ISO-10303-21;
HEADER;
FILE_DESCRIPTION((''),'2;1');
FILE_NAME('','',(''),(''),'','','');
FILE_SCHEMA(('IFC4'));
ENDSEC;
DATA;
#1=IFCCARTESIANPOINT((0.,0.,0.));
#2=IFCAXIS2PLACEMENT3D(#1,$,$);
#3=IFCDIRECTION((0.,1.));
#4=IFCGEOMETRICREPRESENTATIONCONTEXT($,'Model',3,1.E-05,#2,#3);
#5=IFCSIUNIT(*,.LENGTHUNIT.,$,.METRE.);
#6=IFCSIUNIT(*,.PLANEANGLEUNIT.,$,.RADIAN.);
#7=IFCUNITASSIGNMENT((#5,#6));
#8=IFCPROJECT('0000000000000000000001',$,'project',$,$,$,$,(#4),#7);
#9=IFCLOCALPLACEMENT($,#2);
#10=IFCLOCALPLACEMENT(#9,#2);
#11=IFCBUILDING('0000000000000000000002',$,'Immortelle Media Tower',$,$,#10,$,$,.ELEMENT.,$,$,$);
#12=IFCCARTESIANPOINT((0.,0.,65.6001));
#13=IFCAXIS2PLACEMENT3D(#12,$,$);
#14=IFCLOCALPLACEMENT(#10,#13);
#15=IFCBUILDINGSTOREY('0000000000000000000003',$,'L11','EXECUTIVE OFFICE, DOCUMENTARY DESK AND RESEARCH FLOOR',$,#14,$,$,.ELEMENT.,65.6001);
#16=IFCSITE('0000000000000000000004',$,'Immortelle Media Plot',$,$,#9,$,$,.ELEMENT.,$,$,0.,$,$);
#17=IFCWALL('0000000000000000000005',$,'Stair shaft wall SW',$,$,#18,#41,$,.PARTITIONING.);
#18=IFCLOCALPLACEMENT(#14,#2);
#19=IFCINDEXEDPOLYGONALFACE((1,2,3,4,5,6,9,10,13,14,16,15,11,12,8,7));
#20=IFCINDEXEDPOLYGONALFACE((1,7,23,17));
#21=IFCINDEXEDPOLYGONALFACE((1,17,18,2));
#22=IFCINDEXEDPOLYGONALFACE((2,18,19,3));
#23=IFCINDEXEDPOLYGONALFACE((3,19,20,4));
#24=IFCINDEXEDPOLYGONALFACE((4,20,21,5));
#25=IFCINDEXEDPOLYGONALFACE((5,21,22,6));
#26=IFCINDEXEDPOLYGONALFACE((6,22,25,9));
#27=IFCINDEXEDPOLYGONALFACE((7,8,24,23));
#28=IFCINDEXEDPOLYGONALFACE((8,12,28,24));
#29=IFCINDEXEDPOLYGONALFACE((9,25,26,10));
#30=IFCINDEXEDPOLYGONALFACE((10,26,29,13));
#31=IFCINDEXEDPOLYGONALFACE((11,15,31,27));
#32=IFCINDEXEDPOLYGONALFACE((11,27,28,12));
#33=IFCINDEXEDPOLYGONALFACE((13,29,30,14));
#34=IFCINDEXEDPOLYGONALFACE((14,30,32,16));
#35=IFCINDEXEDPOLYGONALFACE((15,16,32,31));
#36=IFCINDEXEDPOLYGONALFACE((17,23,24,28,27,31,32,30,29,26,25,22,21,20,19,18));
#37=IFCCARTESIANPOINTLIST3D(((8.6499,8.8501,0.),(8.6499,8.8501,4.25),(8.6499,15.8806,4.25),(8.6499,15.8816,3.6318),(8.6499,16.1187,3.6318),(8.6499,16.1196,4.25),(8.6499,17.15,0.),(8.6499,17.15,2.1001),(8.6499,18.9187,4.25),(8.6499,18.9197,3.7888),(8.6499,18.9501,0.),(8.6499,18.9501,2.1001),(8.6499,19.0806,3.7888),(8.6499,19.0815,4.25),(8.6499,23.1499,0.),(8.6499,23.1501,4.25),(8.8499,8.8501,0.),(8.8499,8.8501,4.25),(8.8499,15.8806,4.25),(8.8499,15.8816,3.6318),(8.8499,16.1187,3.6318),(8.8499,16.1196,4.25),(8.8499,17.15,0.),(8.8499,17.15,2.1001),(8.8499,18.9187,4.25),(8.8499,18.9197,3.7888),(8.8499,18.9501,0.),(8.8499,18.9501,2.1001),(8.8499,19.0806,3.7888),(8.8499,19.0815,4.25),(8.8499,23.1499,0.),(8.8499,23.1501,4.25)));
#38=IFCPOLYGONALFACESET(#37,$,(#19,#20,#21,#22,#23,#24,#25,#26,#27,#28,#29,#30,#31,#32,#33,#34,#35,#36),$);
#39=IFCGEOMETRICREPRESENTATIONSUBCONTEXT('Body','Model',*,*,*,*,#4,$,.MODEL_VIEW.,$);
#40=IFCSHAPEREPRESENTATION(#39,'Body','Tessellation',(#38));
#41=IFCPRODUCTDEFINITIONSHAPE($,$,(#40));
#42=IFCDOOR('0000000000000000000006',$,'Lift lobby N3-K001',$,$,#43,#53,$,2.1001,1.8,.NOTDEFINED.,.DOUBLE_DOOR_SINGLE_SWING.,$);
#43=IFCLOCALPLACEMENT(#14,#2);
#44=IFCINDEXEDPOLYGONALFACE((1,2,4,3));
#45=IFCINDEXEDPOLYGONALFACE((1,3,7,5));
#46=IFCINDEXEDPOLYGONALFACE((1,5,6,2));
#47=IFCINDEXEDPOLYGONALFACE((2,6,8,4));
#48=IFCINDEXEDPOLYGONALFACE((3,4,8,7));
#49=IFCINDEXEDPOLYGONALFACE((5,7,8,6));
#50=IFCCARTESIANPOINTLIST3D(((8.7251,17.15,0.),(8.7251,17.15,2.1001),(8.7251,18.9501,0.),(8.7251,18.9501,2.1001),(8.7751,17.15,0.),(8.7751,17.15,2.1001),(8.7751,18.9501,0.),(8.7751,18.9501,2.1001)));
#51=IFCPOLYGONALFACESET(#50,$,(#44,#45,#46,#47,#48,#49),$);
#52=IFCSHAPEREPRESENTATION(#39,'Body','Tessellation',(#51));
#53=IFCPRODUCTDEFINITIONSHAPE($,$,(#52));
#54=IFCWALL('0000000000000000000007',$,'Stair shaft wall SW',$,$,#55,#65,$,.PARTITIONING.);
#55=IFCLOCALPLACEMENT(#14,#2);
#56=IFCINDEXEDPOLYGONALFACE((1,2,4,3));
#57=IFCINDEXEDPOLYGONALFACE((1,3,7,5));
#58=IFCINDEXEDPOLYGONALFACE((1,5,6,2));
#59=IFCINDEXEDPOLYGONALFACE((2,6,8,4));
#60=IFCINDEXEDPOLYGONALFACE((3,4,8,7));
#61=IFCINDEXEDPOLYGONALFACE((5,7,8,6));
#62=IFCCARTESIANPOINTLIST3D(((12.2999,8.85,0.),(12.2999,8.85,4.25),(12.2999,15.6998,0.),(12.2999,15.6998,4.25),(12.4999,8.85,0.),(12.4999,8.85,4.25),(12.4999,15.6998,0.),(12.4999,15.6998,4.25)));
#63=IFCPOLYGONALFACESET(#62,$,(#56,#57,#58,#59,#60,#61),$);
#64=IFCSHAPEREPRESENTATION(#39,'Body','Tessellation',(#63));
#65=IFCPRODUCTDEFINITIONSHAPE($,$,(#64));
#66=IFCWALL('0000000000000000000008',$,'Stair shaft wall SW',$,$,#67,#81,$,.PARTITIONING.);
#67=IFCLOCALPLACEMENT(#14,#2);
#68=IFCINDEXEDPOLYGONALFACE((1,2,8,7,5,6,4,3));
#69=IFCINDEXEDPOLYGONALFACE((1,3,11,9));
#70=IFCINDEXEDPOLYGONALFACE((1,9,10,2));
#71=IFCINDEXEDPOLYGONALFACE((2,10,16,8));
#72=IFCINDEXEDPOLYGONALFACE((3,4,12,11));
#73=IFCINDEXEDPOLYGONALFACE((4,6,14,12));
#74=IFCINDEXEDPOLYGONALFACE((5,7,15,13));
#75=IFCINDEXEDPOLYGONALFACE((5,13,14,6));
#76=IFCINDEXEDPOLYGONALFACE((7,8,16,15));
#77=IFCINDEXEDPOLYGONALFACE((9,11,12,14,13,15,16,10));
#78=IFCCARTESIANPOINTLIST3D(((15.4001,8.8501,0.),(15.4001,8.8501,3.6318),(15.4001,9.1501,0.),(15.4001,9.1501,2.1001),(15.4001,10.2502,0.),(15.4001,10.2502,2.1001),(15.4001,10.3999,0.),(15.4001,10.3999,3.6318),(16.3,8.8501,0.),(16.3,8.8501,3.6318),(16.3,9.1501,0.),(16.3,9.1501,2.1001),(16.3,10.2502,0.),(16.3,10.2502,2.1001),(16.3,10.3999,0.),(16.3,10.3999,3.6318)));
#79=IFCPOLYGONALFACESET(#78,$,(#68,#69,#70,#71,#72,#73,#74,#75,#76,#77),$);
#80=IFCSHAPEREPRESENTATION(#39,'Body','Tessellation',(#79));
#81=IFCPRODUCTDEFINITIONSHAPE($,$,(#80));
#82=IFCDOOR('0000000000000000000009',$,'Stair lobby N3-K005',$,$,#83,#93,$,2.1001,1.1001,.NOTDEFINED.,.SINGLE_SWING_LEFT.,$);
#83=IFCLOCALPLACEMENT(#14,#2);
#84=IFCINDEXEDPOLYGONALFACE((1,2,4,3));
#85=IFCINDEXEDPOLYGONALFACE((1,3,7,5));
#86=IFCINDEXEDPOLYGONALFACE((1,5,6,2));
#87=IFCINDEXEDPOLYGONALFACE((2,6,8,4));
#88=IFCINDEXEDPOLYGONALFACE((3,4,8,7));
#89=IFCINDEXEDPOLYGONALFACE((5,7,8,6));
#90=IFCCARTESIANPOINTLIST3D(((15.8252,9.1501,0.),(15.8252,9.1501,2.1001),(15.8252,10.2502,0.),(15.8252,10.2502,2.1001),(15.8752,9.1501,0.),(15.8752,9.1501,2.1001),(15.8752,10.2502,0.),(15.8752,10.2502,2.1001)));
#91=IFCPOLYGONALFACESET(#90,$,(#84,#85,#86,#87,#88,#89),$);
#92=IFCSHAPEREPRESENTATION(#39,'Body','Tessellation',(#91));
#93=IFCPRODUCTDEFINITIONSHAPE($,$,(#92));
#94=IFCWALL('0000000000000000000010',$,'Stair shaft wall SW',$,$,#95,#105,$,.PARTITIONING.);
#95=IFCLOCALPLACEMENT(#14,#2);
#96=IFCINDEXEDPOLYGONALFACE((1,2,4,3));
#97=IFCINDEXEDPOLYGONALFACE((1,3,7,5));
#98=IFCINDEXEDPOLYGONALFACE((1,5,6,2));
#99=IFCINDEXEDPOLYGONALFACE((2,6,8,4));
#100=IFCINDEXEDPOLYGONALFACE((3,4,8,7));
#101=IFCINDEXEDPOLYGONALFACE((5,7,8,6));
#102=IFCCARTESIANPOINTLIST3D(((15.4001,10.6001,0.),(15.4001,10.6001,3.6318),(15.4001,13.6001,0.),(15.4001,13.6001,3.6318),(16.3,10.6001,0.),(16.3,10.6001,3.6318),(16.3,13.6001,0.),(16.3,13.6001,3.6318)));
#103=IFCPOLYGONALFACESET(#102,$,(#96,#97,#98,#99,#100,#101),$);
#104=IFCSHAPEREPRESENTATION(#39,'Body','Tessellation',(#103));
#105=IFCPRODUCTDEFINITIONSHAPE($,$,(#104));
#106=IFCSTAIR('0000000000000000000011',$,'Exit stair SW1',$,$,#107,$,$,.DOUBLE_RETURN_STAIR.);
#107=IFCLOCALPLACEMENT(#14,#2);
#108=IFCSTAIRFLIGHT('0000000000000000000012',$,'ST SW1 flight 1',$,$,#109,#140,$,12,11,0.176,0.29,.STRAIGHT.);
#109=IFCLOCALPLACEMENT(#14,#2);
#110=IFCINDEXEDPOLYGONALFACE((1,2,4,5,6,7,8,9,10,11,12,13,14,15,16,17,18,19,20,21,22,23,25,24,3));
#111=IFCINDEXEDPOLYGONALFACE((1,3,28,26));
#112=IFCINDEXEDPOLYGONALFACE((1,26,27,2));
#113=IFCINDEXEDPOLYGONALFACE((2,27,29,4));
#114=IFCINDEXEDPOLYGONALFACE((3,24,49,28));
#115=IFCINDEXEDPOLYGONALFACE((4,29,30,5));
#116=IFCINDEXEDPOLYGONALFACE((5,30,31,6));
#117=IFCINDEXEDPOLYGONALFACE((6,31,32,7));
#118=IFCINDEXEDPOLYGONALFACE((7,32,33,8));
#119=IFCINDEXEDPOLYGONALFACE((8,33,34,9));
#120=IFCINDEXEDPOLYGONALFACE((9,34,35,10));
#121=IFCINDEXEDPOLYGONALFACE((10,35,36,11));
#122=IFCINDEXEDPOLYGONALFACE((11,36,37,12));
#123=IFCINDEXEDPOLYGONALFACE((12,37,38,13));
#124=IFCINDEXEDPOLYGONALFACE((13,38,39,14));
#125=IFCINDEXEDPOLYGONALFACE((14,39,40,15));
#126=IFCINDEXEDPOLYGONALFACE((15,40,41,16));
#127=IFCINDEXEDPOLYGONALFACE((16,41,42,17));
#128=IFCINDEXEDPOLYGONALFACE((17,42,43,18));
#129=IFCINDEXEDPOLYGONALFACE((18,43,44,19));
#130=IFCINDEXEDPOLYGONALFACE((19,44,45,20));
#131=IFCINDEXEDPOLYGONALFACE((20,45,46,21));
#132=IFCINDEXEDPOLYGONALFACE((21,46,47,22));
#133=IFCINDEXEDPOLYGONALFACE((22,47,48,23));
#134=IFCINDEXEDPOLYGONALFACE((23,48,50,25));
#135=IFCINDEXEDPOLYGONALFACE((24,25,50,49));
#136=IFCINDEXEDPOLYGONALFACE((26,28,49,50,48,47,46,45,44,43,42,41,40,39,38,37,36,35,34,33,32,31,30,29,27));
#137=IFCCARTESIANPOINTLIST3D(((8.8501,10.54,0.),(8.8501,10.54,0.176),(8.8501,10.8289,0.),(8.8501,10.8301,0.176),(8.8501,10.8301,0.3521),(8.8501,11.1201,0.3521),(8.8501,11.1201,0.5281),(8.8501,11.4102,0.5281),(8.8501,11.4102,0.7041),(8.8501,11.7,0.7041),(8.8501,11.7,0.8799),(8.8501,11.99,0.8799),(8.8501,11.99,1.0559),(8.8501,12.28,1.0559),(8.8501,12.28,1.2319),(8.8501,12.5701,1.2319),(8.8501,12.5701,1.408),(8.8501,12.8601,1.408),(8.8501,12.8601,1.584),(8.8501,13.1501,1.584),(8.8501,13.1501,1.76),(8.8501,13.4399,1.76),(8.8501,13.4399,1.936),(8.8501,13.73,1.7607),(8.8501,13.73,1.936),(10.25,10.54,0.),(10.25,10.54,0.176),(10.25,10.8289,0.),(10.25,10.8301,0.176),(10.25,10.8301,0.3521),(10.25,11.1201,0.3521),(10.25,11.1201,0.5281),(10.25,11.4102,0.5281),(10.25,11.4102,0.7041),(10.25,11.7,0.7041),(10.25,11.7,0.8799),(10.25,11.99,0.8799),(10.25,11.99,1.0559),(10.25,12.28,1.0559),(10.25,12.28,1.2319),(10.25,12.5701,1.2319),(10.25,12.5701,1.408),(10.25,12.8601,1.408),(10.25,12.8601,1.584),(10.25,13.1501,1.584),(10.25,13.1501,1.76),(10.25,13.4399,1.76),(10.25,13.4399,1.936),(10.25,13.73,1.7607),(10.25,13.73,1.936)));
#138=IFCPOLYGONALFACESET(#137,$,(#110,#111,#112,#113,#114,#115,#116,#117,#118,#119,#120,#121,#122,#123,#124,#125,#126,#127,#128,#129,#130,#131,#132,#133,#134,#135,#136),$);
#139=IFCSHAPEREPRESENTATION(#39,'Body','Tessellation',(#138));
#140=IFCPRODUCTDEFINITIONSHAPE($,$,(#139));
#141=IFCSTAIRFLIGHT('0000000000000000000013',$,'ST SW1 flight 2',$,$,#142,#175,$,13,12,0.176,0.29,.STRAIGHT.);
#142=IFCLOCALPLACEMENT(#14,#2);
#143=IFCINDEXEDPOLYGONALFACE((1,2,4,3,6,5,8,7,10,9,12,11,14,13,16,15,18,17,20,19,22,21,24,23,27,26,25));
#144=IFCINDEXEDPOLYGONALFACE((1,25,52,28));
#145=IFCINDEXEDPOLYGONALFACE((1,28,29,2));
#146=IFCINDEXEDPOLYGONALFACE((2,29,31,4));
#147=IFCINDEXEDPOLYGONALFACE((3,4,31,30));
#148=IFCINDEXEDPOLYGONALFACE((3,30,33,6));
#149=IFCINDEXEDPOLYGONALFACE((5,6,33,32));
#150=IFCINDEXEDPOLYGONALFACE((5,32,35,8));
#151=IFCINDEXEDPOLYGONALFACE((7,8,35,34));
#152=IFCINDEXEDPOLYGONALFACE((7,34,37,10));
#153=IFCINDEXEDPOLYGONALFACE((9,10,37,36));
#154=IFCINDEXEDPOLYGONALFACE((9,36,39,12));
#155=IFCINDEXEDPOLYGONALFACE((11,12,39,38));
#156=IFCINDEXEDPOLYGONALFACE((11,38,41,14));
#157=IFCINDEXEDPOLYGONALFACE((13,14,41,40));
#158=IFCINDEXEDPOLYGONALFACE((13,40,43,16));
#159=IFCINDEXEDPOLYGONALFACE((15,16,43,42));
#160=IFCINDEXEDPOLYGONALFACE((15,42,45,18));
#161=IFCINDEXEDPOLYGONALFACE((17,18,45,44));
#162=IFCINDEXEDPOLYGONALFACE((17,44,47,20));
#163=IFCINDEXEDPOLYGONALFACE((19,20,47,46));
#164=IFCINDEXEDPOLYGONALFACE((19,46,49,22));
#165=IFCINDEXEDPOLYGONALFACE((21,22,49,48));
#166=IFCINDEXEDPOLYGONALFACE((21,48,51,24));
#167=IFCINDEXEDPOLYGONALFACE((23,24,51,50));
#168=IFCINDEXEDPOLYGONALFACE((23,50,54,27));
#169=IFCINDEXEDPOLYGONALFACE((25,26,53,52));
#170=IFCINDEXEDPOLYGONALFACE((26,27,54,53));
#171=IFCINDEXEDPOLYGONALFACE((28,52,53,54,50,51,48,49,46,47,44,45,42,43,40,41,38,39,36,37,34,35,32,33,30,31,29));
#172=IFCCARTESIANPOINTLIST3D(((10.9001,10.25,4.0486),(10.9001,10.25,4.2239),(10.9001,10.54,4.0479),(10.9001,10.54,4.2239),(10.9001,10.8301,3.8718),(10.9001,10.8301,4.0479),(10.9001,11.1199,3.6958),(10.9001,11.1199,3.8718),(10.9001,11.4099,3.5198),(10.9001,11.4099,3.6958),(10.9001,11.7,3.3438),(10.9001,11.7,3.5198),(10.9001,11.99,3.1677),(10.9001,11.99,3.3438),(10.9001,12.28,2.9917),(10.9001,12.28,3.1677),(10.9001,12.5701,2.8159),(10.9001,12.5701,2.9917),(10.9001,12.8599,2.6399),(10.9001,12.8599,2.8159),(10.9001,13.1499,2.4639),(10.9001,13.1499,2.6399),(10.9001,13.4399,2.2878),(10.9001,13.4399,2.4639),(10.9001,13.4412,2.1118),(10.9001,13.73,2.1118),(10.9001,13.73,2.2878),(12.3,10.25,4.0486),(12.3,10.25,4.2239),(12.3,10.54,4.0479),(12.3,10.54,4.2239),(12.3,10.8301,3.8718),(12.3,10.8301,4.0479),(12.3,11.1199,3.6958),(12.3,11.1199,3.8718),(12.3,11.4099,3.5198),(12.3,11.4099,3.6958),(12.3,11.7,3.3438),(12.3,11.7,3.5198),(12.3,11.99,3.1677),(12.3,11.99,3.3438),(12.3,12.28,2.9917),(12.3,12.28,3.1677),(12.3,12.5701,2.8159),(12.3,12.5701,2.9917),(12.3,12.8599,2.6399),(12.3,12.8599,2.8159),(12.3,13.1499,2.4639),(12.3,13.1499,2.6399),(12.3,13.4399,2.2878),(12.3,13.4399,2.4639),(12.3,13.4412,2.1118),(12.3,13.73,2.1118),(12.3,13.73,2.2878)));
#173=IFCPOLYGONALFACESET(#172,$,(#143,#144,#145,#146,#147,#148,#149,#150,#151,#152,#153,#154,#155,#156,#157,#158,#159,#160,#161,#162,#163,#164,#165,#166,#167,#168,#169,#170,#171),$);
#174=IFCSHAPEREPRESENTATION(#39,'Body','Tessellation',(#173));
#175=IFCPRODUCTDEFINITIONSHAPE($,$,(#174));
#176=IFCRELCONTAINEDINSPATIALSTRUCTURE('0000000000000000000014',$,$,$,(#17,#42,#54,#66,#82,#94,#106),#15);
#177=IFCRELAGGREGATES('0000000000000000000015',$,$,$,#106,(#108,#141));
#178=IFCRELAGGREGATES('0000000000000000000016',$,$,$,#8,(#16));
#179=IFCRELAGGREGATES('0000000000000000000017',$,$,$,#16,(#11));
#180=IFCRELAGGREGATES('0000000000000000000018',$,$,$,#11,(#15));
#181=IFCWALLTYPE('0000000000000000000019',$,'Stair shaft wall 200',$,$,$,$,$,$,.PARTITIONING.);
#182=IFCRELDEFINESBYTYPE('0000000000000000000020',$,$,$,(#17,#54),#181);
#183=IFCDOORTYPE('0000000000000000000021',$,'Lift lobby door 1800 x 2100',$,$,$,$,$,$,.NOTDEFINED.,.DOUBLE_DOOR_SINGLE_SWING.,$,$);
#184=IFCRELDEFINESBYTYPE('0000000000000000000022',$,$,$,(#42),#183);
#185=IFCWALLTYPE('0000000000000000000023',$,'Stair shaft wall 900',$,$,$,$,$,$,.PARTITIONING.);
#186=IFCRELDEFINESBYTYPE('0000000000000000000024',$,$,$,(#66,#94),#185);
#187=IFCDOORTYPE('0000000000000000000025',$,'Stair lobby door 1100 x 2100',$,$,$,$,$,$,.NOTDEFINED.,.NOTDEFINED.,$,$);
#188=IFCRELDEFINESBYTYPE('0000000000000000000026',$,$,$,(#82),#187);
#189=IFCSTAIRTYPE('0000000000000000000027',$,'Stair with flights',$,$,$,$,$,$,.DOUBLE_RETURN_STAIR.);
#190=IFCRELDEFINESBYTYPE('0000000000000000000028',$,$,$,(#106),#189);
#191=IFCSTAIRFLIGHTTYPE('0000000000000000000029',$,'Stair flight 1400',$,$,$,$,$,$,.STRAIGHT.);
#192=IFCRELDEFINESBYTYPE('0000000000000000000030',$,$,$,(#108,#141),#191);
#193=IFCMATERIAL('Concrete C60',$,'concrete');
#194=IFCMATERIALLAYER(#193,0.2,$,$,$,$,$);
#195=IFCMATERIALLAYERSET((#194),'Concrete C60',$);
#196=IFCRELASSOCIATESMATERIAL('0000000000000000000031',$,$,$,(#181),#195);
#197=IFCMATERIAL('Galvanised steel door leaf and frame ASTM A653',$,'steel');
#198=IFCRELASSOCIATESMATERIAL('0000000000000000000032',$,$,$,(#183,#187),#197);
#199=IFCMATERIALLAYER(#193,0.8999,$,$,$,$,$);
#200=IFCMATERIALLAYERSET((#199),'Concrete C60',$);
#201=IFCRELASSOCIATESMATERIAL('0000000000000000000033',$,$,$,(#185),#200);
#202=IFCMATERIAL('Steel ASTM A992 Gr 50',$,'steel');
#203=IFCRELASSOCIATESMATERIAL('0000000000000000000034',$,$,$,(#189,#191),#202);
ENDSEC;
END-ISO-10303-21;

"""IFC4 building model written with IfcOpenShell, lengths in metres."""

from ifc_helpers import new_model, si_unit, direction, frame, frame_2d, origin, place, context, subcontext, project, spatial, polyline, rectangle, outline, extrude, material, layer, layer_set, type_object, element, fill, aggregate, save


model = new_model("IFC4")

# Units and contexts
model_context = context("Model", 3, precision=1e-05, world=origin(), true_north=direction((0.0, 1.0)))
body_context = subcontext(model_context, "Body", "Model", "MODEL_VIEW")
ifc_project = project(units=[si_unit("LENGTHUNIT", "METRE"), si_unit("PLANEANGLEUNIT", "RADIAN")], contexts=[model_context])

# Site, building, storey
site_placement = place(None, origin())
site = spatial("IfcSite", under=ifc_project, at=site_placement, Name="Immortelle Media Plot", CompositionType="ELEMENT", RefElevation=0.0)
building_placement = place(site_placement, origin())
building = spatial("IfcBuilding", under=site, at=building_placement, Name="Immortelle Media Tower", CompositionType="ELEMENT")
storey_placement = place(building_placement, frame((0.0, 0.0, 65.6001)))
storey = spatial("IfcBuildingStorey", under=building, at=storey_placement, Name="L11", Description="EXECUTIVE OFFICE, DOCUMENTARY DESK AND RESEARCH FLOOR", CompositionType="ELEMENT", Elevation=65.6001)

# Shared definitions
ifc_material_1 = material(Name="Steel ASTM A992 Gr 50", Category="steel")

# Shared definitions
ifc_material_2 = material(Name="Concrete C60", Category="concrete")

# Wall, opening, door
ifc_layer_1 = layer(ifc_material_2, 0.2)
ifc_layer_set_1 = layer_set([ifc_layer_1], Name="Concrete C60")
wall_type_1 = type_object("IfcWallType", Name="Stair shaft wall 200", PredefinedType="PARTITIONING", material=ifc_layer_set_1)
wall_1_placement = place(storey_placement, frame((8.75, 8.8501, 0.0), z_axis=(0.0, 0.0, 1.0), x_axis=(0.0, 1.0, 0.0)))
wall_1 = element("IfcWall", 1, at=wall_1_placement, inside=storey, type_object=wall_type_1, Name="Stair shaft wall SW", PredefinedType="PARTITIONING", context=body_context, shape_type="SweptSolid", body=[
    extrude(outline(polyline([(0.0, 0.0), (14.2998, 0.0), (14.3, 4.25), (10.2314, 4.25), (10.2305, 3.7888), (10.0696, 3.7888), (10.0686, 4.25), (7.2695, 4.25), (7.2686, 3.6318), (7.0315, 3.6318), (7.0305, 4.25), (0.0, 4.25), (0.0, 0.0)])), frame((0.0, 0.1001, 0.0), z_axis=(0.0, -1.0, 0.0), x_axis=(1.0, 0.0, 0.0)), (0.0, 0.0, 1.0), 0.2),
])
opening_1_placement = place(wall_1_placement, frame((8.3, 0.0, 0.0)))
opening_1 = element("IfcOpeningElement", 2, at=opening_1_placement, cuts=wall_1, PredefinedType="OPENING", context=body_context, shape_type="SweptSolid", body=[
    extrude(rectangle(XDim=1.8, YDim=2.1001, at=frame_2d((0.8999, 1.05))), frame((0.0, 0.1099, 0.0), z_axis=(0.0, -1.0, 0.0), x_axis=(1.0, 0.0, 0.0)), (0.0, 0.0, 1.0), 0.22),
])
ifc_material_3 = material(Name="Galvanised steel door leaf and frame ASTM A653", Category="steel")
door_type_1 = type_object("IfcDoorType", Name="Lift lobby door 1800 x 2100", OperationType="DOUBLE_DOOR_SINGLE_SWING", PredefinedType="NOTDEFINED", material=ifc_material_3)
door_1_placement = place(opening_1_placement, origin())
door_1 = element("IfcDoor", 3, at=door_1_placement, inside=storey, type_object=door_type_1, Name="Lift lobby N3-K001", OperationType="DOUBLE_DOOR_SINGLE_SWING", OverallHeight=2.1001, OverallWidth=1.8, PredefinedType="NOTDEFINED", context=body_context, shape_type="SweptSolid", body=[
    extrude(rectangle(XDim=1.8, YDim=2.1001, at=frame_2d((0.8999, 1.05))), frame((0.0, 0.0249, 0.0), z_axis=(0.0, -1.0, 0.0), x_axis=(1.0, 0.0, 0.0)), (0.0, 0.0, 1.0), 0.05),
])
fill(opening_1, door_1)

# Wall
wall_2_placement = place(storey_placement, frame((12.3999, 8.8501, 0.0), z_axis=(0.0, 0.0, 1.0), x_axis=(0.0, 1.0, 0.0)))
element("IfcWall", 4, at=wall_2_placement, inside=storey, type_object=wall_type_1, Name="Stair shaft wall SW", PredefinedType="PARTITIONING", context=body_context, shape_type="SweptSolid", body=[
    extrude(rectangle(XDim=6.8499, YDim=0.2, at=frame_2d((3.4248, 0.0))), origin(), (0.0, 0.0, 1.0), 4.25),
])

# Wall, opening, door
ifc_layer_2 = layer(ifc_material_2, 0.8999)
ifc_layer_set_2 = layer_set([ifc_layer_2], Name="Concrete C60")
wall_type_2 = type_object("IfcWallType", Name="Stair shaft wall 900", PredefinedType="PARTITIONING", material=ifc_layer_set_2)
wall_3_placement = place(storey_placement, frame((15.8501, 8.8501, 0.0), z_axis=(0.0, 0.0, 1.0), x_axis=(0.0, 1.0, 0.0)))
wall_3 = element("IfcWall", 5, at=wall_3_placement, inside=storey, type_object=wall_type_2, Name="Stair shaft wall SW", PredefinedType="PARTITIONING", context=body_context, shape_type="SweptSolid", body=[
    extrude(rectangle(XDim=1.5498, YDim=0.8999, at=frame_2d((0.7749, 0.0))), origin(), (0.0, 0.0, 1.0), 3.6318),
])
opening_2_placement = place(wall_3_placement, frame((0.3, 0.0, 0.0)))
opening_2 = element("IfcOpeningElement", 6, at=opening_2_placement, cuts=wall_3, PredefinedType="OPENING", context=body_context, shape_type="SweptSolid", body=[
    extrude(rectangle(XDim=1.1001, YDim=2.1001, at=frame_2d((0.55, 1.05))), frame((0.0, 0.46, 0.0), z_axis=(0.0, -1.0, 0.0), x_axis=(1.0, 0.0, 0.0)), (0.0, 0.0, 1.0), 0.9199),
])
door_type_2 = type_object("IfcDoorType", Name="Stair lobby door 1100 x 2100", OperationType="NOTDEFINED", PredefinedType="NOTDEFINED", material=ifc_material_3)
door_2_placement = place(opening_2_placement, origin())
door_2 = element("IfcDoor", 7, at=door_2_placement, inside=storey, type_object=door_type_2, Name="Stair lobby N3-K005", OperationType="SINGLE_SWING_LEFT", OverallHeight=2.1001, OverallWidth=1.1001, PredefinedType="NOTDEFINED", context=body_context, shape_type="SweptSolid", body=[
    extrude(rectangle(XDim=1.1001, YDim=2.1001, at=frame_2d((0.55, 1.05))), frame((0.0, 0.0249, 0.0), z_axis=(0.0, -1.0, 0.0), x_axis=(1.0, 0.0, 0.0)), (0.0, 0.0, 1.0), 0.05),
])
fill(opening_2, door_2)

# Wall
wall_4_placement = place(storey_placement, frame((15.8501, 10.6001, 0.0), z_axis=(0.0, 0.0, 1.0), x_axis=(0.0, 1.0, 0.0)))
element("IfcWall", 8, at=wall_4_placement, inside=storey, type_object=wall_type_2, Name="Stair shaft wall SW", PredefinedType="PARTITIONING", context=body_context, shape_type="SweptSolid", body=[
    extrude(rectangle(XDim=3.0, YDim=0.8999, at=frame_2d((1.5, 0.0))), origin(), (0.0, 0.0, 1.0), 3.6318),
])

# Stair, stair flights
stair_type = type_object("IfcStairType", Name="Stair with flights", PredefinedType="DOUBLE_RETURN_STAIR", material=ifc_material_1)
stair_1_placement = place(storey_placement, origin())
stair_1 = element("IfcStair", 9, at=stair_1_placement, inside=storey, type_object=stair_type, Name="Exit stair SW1", PredefinedType="DOUBLE_RETURN_STAIR")
stair_flight_type = type_object("IfcStairFlightType", Name="Stair flight 1400", PredefinedType="STRAIGHT", material=ifc_material_1)
stair_flight_1_placement = place(storey_placement, frame((9.55, 10.54, 0.0), z_axis=(0.0, 0.0, 1.0), x_axis=(0.0, 1.0, 0.0)))
stair_flight_1 = element("IfcStairFlight", 10, at=stair_flight_1_placement, type_object=stair_flight_type, Name="ST SW1 flight 1", NumberOfRisers=12, NumberOfTreads=11, PredefinedType="STRAIGHT", RiserHeight=0.176, TreadLength=0.29, context=body_context, shape_type="SweptSolid", body=[
    extrude(outline(polyline([(0.0, 0.0), (0.0, 0.176), (0.29, 0.176), (0.29, 0.3521), (0.5801, 0.3521), (0.5801, 0.5281), (0.8701, 0.5281), (0.8701, 0.7041), (1.1599, 0.7041), (1.1599, 0.8799), (1.45, 0.8799), (1.45, 1.0559), (1.74, 1.0559), (1.74, 1.2319), (2.03, 1.2319), (2.03, 1.408), (2.3201, 1.408), (2.3201, 1.584), (2.6101, 1.584), (2.6101, 1.76), (2.8999, 1.76), (2.8999, 1.936), (3.1899, 1.936), (3.1899, 2.1121), (3.1899, 1.7607), (0.2888, 0.0), (0.0, 0.0)])), frame((0.0, 0.7, 0.0), z_axis=(0.0, -1.0, 0.0), x_axis=(1.0, 0.0, 0.0)), (0.0, 0.0, 1.0), 1.3999),
])
stair_flight_2_placement = place(storey_placement, frame((11.6001, 13.73, 2.1118), z_axis=(0.0, 0.0, 1.0), x_axis=(0.0, -1.0, 0.0)))
stair_flight_2 = element("IfcStairFlight", 11, at=stair_flight_2_placement, type_object=stair_flight_type, Name="ST SW1 flight 2", NumberOfRisers=13, NumberOfTreads=12, PredefinedType="STRAIGHT", RiserHeight=0.176, TreadLength=0.29, context=body_context, shape_type="SweptSolid", body=[
    extrude(outline(polyline([(0.0, 0.0), (0.0, 0.176), (0.29, 0.176), (0.29, 0.3521), (0.5801, 0.3521), (0.5801, 0.5281), (0.8701, 0.5281), (0.8701, 0.7041), (1.1599, 0.7041), (1.1599, 0.8799), (1.45, 0.8799), (1.45, 1.0559), (1.74, 1.0559), (1.74, 1.2319), (2.03, 1.2319), (2.03, 1.408), (2.3201, 1.408), (2.3201, 1.584), (2.6101, 1.584), (2.6101, 1.76), (2.8999, 1.76), (2.8999, 1.936), (3.1899, 1.936), (3.1899, 2.1121), (3.48, 2.1121), (3.48, 2.2881), (3.48, 1.9368), (0.2888, 0.0), (0.0, 0.0)])), frame((0.0, 0.7, 0.0), z_axis=(0.0, -1.0, 0.0), x_axis=(1.0, 0.0, 0.0)), (0.0, 0.0, 1.0), 1.3999),
])
aggregate(stair_1, [stair_flight_1, stair_flight_2])

save(model, "model.ifc")
